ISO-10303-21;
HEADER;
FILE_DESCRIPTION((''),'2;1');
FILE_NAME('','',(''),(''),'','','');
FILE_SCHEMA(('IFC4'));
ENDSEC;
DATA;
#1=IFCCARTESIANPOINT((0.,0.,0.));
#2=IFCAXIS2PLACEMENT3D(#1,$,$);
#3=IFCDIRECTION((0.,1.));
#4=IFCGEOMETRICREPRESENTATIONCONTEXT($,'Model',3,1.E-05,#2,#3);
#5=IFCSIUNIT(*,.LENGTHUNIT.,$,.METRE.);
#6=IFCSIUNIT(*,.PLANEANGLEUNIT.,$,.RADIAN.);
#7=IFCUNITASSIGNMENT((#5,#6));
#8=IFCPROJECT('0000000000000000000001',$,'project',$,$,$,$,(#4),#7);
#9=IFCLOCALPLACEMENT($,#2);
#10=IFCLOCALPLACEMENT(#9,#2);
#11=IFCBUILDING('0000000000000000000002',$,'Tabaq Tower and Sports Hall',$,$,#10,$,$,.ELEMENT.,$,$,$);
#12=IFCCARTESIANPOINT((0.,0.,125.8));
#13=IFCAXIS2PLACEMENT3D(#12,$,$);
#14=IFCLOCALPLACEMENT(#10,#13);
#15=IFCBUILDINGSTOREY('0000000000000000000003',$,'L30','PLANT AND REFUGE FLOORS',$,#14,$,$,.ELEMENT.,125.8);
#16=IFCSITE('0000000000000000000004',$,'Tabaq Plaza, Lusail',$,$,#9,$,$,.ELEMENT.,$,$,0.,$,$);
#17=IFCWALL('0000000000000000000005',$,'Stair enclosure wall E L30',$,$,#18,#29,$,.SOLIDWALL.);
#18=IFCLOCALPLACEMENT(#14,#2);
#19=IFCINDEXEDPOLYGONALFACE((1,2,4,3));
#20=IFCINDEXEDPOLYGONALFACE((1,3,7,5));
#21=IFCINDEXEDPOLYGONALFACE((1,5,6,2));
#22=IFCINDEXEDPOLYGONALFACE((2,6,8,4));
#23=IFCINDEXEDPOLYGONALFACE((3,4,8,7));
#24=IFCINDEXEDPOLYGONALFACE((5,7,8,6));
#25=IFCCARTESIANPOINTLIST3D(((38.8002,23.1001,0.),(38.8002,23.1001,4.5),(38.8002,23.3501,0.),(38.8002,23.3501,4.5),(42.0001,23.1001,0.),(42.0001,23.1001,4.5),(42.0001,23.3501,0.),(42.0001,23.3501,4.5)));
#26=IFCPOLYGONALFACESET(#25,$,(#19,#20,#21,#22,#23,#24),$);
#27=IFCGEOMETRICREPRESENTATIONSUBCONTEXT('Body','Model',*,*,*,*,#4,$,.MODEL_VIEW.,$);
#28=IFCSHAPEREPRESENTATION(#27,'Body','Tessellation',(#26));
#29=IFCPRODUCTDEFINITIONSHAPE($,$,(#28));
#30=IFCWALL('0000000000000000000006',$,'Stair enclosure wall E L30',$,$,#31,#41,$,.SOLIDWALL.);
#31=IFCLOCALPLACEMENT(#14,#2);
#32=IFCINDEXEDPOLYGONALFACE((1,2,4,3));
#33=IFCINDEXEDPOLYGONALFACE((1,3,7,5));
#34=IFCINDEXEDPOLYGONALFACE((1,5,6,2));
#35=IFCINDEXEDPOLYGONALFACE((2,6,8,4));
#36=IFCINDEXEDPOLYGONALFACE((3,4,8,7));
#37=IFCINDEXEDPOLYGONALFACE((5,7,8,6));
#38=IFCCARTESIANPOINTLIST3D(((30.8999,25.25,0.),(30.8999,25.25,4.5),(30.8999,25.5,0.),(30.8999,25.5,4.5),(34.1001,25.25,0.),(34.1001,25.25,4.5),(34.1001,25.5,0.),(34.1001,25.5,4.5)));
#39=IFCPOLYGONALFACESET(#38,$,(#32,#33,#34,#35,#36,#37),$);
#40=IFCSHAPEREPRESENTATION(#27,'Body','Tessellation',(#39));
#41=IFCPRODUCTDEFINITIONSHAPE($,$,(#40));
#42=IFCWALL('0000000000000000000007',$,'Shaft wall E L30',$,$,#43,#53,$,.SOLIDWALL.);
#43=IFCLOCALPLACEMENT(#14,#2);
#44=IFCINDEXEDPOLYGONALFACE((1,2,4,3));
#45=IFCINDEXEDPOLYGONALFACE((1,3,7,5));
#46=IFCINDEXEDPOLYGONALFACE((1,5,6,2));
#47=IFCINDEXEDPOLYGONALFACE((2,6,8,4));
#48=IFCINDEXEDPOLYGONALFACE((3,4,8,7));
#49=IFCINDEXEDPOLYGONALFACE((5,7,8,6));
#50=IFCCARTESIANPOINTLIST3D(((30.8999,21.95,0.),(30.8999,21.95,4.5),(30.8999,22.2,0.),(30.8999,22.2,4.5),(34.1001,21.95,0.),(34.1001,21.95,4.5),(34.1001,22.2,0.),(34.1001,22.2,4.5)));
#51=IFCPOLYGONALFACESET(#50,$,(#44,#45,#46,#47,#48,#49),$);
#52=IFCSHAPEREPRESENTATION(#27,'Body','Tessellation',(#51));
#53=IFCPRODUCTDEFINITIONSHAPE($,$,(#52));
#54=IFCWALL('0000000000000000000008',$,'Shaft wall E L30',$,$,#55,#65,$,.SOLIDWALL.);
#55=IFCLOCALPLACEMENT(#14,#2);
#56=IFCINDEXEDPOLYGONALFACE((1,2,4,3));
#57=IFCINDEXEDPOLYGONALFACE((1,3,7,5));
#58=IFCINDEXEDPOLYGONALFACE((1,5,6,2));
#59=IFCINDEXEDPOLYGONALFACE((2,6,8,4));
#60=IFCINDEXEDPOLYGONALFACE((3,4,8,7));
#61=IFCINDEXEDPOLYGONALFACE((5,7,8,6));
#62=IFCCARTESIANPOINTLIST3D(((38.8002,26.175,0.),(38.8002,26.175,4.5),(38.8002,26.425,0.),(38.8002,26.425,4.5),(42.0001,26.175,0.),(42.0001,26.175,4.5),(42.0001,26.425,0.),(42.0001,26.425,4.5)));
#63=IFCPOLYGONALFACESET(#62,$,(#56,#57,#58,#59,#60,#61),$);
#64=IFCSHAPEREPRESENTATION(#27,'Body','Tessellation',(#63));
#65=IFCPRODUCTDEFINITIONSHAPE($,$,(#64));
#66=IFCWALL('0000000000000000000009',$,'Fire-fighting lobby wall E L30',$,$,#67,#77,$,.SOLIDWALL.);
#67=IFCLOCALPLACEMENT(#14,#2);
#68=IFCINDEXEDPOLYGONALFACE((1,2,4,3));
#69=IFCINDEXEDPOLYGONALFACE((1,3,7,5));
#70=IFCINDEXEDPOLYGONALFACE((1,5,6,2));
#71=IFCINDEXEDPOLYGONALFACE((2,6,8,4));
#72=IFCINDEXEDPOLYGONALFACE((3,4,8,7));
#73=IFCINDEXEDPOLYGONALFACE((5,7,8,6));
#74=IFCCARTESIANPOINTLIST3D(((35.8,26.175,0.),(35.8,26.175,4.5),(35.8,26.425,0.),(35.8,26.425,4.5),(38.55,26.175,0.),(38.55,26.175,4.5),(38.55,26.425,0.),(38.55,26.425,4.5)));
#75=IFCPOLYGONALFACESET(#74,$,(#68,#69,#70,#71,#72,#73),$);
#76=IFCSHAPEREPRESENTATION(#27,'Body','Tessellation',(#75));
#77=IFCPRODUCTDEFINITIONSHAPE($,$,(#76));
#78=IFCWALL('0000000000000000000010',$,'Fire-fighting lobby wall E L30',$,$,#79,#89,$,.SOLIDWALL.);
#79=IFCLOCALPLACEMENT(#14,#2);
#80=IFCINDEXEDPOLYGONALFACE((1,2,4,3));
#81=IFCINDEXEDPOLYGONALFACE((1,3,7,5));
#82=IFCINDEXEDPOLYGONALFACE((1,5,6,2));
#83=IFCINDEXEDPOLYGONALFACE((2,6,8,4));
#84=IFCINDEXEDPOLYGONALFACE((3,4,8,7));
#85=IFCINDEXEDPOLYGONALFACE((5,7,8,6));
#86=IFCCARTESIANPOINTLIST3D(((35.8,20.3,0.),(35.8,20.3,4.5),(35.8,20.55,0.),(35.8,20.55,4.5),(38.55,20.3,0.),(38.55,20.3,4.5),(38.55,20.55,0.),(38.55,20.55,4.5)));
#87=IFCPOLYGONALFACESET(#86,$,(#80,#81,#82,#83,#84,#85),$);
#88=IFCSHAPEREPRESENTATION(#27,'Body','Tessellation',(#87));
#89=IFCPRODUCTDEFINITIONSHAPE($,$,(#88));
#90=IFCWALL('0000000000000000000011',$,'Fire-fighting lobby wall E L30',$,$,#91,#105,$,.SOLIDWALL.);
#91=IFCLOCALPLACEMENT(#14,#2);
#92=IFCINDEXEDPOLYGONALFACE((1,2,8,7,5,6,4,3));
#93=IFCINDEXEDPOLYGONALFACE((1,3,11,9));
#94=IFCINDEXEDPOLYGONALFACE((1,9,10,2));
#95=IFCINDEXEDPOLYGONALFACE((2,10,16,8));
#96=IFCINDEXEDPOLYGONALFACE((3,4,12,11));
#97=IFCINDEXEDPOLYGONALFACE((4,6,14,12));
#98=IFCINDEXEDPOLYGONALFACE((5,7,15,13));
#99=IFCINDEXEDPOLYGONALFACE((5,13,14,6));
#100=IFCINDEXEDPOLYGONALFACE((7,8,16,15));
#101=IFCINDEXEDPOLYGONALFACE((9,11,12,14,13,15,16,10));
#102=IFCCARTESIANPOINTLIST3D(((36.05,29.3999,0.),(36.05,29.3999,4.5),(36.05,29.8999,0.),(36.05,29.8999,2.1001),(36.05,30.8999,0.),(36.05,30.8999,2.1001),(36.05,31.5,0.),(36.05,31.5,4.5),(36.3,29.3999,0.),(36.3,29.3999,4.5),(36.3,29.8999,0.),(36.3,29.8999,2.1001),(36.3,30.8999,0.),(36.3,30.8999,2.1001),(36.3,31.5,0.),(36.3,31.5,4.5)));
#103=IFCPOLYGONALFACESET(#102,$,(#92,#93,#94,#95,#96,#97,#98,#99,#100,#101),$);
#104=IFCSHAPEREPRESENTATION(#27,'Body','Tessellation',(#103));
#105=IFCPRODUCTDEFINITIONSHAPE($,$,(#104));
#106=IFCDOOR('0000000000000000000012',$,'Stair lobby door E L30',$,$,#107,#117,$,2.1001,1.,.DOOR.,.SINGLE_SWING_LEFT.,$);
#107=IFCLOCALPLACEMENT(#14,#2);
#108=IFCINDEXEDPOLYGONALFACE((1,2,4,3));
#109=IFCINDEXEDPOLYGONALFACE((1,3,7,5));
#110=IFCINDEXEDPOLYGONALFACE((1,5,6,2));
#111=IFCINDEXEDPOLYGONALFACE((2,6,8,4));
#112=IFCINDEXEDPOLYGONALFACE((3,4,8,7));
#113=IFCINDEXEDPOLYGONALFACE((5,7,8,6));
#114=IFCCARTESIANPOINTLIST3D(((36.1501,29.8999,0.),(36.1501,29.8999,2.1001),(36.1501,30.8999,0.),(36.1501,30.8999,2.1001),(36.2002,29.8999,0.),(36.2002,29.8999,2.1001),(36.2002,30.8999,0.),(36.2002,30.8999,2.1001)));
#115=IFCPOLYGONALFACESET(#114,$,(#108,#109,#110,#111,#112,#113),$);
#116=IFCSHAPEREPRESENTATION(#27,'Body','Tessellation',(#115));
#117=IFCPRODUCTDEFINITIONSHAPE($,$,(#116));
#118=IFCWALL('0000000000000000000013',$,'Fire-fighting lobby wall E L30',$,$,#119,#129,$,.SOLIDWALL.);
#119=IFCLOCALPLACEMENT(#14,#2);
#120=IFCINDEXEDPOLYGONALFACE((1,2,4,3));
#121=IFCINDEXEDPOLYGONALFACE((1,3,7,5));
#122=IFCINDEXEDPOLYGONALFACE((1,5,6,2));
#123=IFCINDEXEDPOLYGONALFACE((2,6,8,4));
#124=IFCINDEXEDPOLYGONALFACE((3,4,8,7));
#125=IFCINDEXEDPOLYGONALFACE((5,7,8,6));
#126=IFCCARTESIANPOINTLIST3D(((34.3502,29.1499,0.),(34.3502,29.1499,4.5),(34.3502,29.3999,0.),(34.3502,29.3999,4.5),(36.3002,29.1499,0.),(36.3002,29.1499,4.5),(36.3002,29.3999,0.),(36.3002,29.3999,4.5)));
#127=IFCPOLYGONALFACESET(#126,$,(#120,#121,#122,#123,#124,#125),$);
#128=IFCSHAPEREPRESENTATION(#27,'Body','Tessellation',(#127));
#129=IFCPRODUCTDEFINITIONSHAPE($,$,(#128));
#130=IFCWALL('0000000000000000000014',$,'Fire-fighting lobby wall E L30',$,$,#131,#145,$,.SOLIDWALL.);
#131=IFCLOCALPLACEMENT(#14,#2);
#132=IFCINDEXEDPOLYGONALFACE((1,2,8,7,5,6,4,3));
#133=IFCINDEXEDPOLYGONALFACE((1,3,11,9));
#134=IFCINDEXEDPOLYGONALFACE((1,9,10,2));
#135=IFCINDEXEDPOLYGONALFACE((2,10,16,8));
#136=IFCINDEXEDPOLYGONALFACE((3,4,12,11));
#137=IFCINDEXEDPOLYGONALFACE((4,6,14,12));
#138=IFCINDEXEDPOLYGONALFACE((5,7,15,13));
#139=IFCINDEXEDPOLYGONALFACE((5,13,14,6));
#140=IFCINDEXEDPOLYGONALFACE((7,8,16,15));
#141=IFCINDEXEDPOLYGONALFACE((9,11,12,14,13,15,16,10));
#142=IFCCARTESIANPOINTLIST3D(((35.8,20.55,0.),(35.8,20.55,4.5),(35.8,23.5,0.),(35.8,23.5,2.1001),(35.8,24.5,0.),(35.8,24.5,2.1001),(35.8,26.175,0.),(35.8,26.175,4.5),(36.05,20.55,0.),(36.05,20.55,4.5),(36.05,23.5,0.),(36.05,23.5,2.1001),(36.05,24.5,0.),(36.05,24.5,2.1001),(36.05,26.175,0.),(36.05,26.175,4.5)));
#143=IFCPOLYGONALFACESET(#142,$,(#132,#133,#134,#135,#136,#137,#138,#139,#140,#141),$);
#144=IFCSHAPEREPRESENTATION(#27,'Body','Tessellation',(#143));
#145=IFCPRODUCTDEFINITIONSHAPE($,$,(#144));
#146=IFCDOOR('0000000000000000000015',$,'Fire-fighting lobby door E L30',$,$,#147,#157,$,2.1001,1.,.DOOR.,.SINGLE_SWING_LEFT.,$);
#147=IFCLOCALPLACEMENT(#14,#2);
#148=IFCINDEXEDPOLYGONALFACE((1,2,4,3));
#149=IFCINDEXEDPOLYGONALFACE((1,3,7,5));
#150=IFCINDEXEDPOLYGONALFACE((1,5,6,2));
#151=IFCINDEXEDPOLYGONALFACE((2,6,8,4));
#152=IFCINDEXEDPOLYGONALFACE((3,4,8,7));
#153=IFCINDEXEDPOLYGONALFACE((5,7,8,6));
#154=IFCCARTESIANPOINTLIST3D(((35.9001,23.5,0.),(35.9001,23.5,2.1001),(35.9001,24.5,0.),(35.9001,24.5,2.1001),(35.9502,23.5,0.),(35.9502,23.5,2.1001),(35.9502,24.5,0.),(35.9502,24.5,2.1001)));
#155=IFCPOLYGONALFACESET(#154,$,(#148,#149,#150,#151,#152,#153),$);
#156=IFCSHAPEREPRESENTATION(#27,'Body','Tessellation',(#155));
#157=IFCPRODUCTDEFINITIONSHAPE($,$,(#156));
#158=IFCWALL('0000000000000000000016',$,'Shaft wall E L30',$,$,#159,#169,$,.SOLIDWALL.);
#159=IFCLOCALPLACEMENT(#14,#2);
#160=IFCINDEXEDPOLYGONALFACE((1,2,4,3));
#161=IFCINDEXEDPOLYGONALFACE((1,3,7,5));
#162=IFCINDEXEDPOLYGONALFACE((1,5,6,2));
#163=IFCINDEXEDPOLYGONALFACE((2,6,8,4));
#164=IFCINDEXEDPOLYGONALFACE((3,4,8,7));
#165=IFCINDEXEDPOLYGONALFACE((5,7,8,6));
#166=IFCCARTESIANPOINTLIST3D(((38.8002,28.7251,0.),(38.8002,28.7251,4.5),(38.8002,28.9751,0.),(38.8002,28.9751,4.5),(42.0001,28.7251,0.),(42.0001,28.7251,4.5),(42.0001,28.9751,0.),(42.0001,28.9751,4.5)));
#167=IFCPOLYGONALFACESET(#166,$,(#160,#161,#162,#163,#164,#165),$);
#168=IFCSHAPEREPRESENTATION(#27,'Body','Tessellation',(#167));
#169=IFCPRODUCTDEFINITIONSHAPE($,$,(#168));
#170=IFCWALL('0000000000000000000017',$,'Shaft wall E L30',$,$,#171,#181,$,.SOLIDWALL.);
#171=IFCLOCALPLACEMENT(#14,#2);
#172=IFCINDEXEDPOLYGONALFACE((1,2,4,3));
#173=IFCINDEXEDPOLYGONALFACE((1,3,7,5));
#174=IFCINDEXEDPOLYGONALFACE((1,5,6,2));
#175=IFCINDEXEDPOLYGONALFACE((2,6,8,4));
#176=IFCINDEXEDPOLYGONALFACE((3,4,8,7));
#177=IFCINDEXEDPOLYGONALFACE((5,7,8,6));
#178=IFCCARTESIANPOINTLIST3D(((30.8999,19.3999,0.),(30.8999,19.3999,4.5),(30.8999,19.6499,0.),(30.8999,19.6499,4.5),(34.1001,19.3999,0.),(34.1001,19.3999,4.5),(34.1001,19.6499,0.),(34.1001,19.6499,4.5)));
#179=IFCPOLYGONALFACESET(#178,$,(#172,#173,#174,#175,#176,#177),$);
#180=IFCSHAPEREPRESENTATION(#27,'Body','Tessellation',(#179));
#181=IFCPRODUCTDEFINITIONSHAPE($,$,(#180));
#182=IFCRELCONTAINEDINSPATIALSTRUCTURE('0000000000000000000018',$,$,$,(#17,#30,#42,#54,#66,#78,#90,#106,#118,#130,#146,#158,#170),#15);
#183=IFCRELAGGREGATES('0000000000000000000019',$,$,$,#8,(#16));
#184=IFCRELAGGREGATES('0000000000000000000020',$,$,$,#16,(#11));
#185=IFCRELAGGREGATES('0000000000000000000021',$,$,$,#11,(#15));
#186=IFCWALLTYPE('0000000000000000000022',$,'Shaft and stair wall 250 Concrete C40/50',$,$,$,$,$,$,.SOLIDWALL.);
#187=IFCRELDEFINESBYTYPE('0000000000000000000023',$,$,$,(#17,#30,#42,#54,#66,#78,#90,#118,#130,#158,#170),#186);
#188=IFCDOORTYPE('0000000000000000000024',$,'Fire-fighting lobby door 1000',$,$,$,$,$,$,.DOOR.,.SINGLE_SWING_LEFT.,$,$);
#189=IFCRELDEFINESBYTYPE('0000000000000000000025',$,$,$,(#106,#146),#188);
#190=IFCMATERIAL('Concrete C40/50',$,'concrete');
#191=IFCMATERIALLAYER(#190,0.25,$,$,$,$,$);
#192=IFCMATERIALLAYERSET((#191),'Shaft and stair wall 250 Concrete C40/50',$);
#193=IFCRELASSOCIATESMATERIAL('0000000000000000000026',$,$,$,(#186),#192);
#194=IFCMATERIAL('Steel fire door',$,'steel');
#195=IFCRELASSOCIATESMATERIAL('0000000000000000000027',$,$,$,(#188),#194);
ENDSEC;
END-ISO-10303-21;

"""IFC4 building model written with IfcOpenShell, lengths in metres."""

from ifc_helpers import new_model, si_unit, direction, frame, frame_2d, origin, place, context, subcontext, project, spatial, rectangle, extrude, material, layer, layer_set, type_object, element, fill, save


model = new_model("IFC4")

# Units and contexts
model_context = context("Model", 3, precision=1e-05, world=origin(), true_north=direction((0.0, 1.0)))
body_context = subcontext(model_context, "Body", "Model", "MODEL_VIEW")
ifc_project = project(units=[si_unit("LENGTHUNIT", "METRE"), si_unit("PLANEANGLEUNIT", "RADIAN")], contexts=[model_context])

# Site, building, storey
site_placement = place(None, origin())
site = spatial("IfcSite", under=ifc_project, at=site_placement, Name="Tabaq Plaza, Lusail", CompositionType="ELEMENT", RefElevation=0.0)
building_placement = place(site_placement, origin())
building = spatial("IfcBuilding", under=site, at=building_placement, Name="Tabaq Tower and Sports Hall", CompositionType="ELEMENT")
storey_placement = place(building_placement, frame((0.0, 0.0, 125.8)))
storey = spatial("IfcBuildingStorey", under=building, at=storey_placement, Name="L30", Description="PLANT AND REFUGE FLOORS", CompositionType="ELEMENT", Elevation=125.8)

# Shared definitions
ifc_material_1 = material(Name="Concrete C40/50", Category="concrete")
ifc_layer_1 = layer(ifc_material_1, 0.25)
ifc_layer_set_1 = layer_set([ifc_layer_1], Name="Shaft and stair wall 250 Concrete C40/50")
wall_type_1 = type_object("IfcWallType", Name="Shaft and stair wall 250 Concrete C40/50", PredefinedType="SOLIDWALL", material=ifc_layer_set_1)

# Walls
wall_1_placement = place(storey_placement, frame((38.8, 23.2251, 0.0), z_axis=(0.0, 0.0, 1.0), x_axis=(1.0, 0.0, 0.0)))
element("IfcWall", 1, at=wall_1_placement, inside=storey, type_object=wall_type_1, Name="Stair enclosure wall E L30", PredefinedType="SOLIDWALL", context=body_context, shape_type="SweptSolid", body=[
    extrude(rectangle(XDim=3.2, YDim=0.25, at=frame_2d((1.6001, 0.0))), origin(), (0.0, 0.0, 1.0), 4.5),
])
for number, where, z_axis, x_axis, name in (
    (2, (30.8999, 25.375, 0.0), (0.0, 0.0, 1.0), (1.0, 0.0, 0.0), "Stair enclosure wall E L30"),
    (3, (30.8999, 22.075, 0.0), (0.0, 0.0, 1.0), (1.0, 0.0, 0.0), "Shaft wall E L30"),
):
    element("IfcWall", number, at=place(storey_placement, frame(where, z_axis=z_axis, x_axis=x_axis)), inside=storey, type_object=wall_type_1, Name=name, PredefinedType="SOLIDWALL", context=body_context, shape_type="SweptSolid", body=[
        extrude(rectangle(XDim=3.2002, YDim=0.25, at=frame_2d((1.6001, 0.0))), origin(), (0.0, 0.0, 1.0), 4.5),
    ])
wall_2_placement = place(storey_placement, frame((38.8, 26.3, 0.0), z_axis=(0.0, 0.0, 1.0), x_axis=(1.0, 0.0, 0.0)))
element("IfcWall", 4, at=wall_2_placement, inside=storey, type_object=wall_type_1, Name="Shaft wall E L30", PredefinedType="SOLIDWALL", context=body_context, shape_type="SweptSolid", body=[
    extrude(rectangle(XDim=3.2, YDim=0.25, at=frame_2d((1.6001, 0.0))), origin(), (0.0, 0.0, 1.0), 4.5),
])
for number, where, z_axis, x_axis, name in (
    (5, (35.8, 26.3, 0.0), (0.0, 0.0, 1.0), (1.0, 0.0, 0.0), "Fire-fighting lobby wall E L30"),
    (6, (35.8, 20.425, 0.0), (0.0, 0.0, 1.0), (1.0, 0.0, 0.0), "Fire-fighting lobby wall E L30"),
):
    element("IfcWall", number, at=place(storey_placement, frame(where, z_axis=z_axis, x_axis=x_axis)), inside=storey, type_object=wall_type_1, Name=name, PredefinedType="SOLIDWALL", context=body_context, shape_type="SweptSolid", body=[
        extrude(rectangle(XDim=2.75, YDim=0.25, at=frame_2d((1.375, 0.0))), origin(), (0.0, 0.0, 1.0), 4.5),
    ])

# Wall, opening, door
wall_3_placement = place(storey_placement, frame((36.175, 29.3999, 0.0), z_axis=(0.0, 0.0, 1.0), x_axis=(0.0, 1.0, 0.0)))
wall_3 = element("IfcWall", 7, at=wall_3_placement, inside=storey, type_object=wall_type_1, Name="Fire-fighting lobby wall E L30", PredefinedType="SOLIDWALL", context=body_context, shape_type="SweptSolid", body=[
    extrude(rectangle(XDim=2.1001, YDim=0.25, at=frame_2d((1.05, 0.0))), origin(), (0.0, 0.0, 1.0), 4.5),
])
opening_1_placement = place(wall_3_placement, frame((0.5, 0.0, 0.0)))
opening_1 = element("IfcOpeningElement", 8, at=opening_1_placement, cuts=wall_3, PredefinedType="OPENING", context=body_context, shape_type="SweptSolid", body=[
    extrude(rectangle(XDim=1.0, YDim=2.1001, at=frame_2d((0.5, 1.05))), frame((0.0, 0.125, 0.0), z_axis=(0.0, -1.0, 0.0), x_axis=(1.0, 0.0, 0.0)), (0.0, 0.0, 1.0), 0.25),
])
ifc_material_2 = material(Name="Steel fire door", Category="steel")
door_type_1 = type_object("IfcDoorType", Name="Fire-fighting lobby door 1000", OperationType="SINGLE_SWING_LEFT", PredefinedType="DOOR", material=ifc_material_2)
door_1_placement = place(opening_1_placement, origin())
door_1 = element("IfcDoor", 9, at=door_1_placement, inside=storey, type_object=door_type_1, Name="Stair lobby door E L30", OperationType="SINGLE_SWING_LEFT", OverallHeight=2.1001, OverallWidth=1.0, PredefinedType="DOOR", context=body_context, shape_type="SweptSolid", body=[
    extrude(rectangle(XDim=1.0, YDim=2.1001, at=frame_2d((0.5, 1.05))), frame((0.0, 0.0249, 0.0), z_axis=(0.0, -1.0, 0.0), x_axis=(1.0, 0.0, 0.0)), (0.0, 0.0, 1.0), 0.05),
])
fill(opening_1, door_1)

# Wall
wall_4_placement = place(storey_placement, frame((34.3501, 29.2749, 0.0), z_axis=(0.0, 0.0, 1.0), x_axis=(1.0, 0.0, 0.0)))
element("IfcWall", 10, at=wall_4_placement, inside=storey, type_object=wall_type_1, Name="Fire-fighting lobby wall E L30", PredefinedType="SOLIDWALL", context=body_context, shape_type="SweptSolid", body=[
    extrude(rectangle(XDim=1.95, YDim=0.25, at=frame_2d((0.9751, 0.0))), origin(), (0.0, 0.0, 1.0), 4.5),
])

# Wall, opening, door
wall_5_placement = place(storey_placement, frame((35.925, 20.55, 0.0), z_axis=(0.0, 0.0, 1.0), x_axis=(0.0, 1.0, 0.0)))
wall_5 = element("IfcWall", 11, at=wall_5_placement, inside=storey, type_object=wall_type_1, Name="Fire-fighting lobby wall E L30", PredefinedType="SOLIDWALL", context=body_context, shape_type="SweptSolid", body=[
    extrude(rectangle(XDim=5.625, YDim=0.25, at=frame_2d((2.8125, 0.0))), origin(), (0.0, 0.0, 1.0), 4.5),
])
opening_2_placement = place(wall_5_placement, frame((2.95, 0.0, 0.0)))
opening_2 = element("IfcOpeningElement", 12, at=opening_2_placement, cuts=wall_5, PredefinedType="OPENING", context=body_context, shape_type="SweptSolid", body=[
    extrude(rectangle(XDim=1.0, YDim=2.1001, at=frame_2d((0.5, 1.05))), frame((0.0, 0.125, 0.0), z_axis=(0.0, -1.0, 0.0), x_axis=(1.0, 0.0, 0.0)), (0.0, 0.0, 1.0), 0.25),
])
door_2_placement = place(opening_2_placement, origin())
door_2 = element("IfcDoor", 13, at=door_2_placement, inside=storey, type_object=door_type_1, Name="Fire-fighting lobby door E L30", OperationType="SINGLE_SWING_LEFT", OverallHeight=2.1001, OverallWidth=1.0, PredefinedType="DOOR", context=body_context, shape_type="SweptSolid", body=[
    extrude(rectangle(XDim=1.0, YDim=2.1001, at=frame_2d((0.5, 1.05))), frame((0.0, 0.0249, 0.0), z_axis=(0.0, -1.0, 0.0), x_axis=(1.0, 0.0, 0.0)), (0.0, 0.0, 1.0), 0.05),
])
fill(opening_2, door_2)

# Walls
wall_6_placement = place(storey_placement, frame((38.8, 28.8501, 0.0), z_axis=(0.0, 0.0, 1.0), x_axis=(1.0, 0.0, 0.0)))
element("IfcWall", 14, at=wall_6_placement, inside=storey, type_object=wall_type_1, Name="Shaft wall E L30", PredefinedType="SOLIDWALL", context=body_context, shape_type="SweptSolid", body=[
    extrude(rectangle(XDim=3.2, YDim=0.25, at=frame_2d((1.6001, 0.0))), origin(), (0.0, 0.0, 1.0), 4.5),
])
wall_7_placement = place(storey_placement, frame((30.8999, 19.5249, 0.0), z_axis=(0.0, 0.0, 1.0), x_axis=(1.0, 0.0, 0.0)))
element("IfcWall", 15, at=wall_7_placement, inside=storey, type_object=wall_type_1, Name="Shaft wall E L30", PredefinedType="SOLIDWALL", context=body_context, shape_type="SweptSolid", body=[
    extrude(rectangle(XDim=3.2002, YDim=0.25, at=frame_2d((1.6001, 0.0))), origin(), (0.0, 0.0, 1.0), 4.5),
])

save(model, "model.ifc")
